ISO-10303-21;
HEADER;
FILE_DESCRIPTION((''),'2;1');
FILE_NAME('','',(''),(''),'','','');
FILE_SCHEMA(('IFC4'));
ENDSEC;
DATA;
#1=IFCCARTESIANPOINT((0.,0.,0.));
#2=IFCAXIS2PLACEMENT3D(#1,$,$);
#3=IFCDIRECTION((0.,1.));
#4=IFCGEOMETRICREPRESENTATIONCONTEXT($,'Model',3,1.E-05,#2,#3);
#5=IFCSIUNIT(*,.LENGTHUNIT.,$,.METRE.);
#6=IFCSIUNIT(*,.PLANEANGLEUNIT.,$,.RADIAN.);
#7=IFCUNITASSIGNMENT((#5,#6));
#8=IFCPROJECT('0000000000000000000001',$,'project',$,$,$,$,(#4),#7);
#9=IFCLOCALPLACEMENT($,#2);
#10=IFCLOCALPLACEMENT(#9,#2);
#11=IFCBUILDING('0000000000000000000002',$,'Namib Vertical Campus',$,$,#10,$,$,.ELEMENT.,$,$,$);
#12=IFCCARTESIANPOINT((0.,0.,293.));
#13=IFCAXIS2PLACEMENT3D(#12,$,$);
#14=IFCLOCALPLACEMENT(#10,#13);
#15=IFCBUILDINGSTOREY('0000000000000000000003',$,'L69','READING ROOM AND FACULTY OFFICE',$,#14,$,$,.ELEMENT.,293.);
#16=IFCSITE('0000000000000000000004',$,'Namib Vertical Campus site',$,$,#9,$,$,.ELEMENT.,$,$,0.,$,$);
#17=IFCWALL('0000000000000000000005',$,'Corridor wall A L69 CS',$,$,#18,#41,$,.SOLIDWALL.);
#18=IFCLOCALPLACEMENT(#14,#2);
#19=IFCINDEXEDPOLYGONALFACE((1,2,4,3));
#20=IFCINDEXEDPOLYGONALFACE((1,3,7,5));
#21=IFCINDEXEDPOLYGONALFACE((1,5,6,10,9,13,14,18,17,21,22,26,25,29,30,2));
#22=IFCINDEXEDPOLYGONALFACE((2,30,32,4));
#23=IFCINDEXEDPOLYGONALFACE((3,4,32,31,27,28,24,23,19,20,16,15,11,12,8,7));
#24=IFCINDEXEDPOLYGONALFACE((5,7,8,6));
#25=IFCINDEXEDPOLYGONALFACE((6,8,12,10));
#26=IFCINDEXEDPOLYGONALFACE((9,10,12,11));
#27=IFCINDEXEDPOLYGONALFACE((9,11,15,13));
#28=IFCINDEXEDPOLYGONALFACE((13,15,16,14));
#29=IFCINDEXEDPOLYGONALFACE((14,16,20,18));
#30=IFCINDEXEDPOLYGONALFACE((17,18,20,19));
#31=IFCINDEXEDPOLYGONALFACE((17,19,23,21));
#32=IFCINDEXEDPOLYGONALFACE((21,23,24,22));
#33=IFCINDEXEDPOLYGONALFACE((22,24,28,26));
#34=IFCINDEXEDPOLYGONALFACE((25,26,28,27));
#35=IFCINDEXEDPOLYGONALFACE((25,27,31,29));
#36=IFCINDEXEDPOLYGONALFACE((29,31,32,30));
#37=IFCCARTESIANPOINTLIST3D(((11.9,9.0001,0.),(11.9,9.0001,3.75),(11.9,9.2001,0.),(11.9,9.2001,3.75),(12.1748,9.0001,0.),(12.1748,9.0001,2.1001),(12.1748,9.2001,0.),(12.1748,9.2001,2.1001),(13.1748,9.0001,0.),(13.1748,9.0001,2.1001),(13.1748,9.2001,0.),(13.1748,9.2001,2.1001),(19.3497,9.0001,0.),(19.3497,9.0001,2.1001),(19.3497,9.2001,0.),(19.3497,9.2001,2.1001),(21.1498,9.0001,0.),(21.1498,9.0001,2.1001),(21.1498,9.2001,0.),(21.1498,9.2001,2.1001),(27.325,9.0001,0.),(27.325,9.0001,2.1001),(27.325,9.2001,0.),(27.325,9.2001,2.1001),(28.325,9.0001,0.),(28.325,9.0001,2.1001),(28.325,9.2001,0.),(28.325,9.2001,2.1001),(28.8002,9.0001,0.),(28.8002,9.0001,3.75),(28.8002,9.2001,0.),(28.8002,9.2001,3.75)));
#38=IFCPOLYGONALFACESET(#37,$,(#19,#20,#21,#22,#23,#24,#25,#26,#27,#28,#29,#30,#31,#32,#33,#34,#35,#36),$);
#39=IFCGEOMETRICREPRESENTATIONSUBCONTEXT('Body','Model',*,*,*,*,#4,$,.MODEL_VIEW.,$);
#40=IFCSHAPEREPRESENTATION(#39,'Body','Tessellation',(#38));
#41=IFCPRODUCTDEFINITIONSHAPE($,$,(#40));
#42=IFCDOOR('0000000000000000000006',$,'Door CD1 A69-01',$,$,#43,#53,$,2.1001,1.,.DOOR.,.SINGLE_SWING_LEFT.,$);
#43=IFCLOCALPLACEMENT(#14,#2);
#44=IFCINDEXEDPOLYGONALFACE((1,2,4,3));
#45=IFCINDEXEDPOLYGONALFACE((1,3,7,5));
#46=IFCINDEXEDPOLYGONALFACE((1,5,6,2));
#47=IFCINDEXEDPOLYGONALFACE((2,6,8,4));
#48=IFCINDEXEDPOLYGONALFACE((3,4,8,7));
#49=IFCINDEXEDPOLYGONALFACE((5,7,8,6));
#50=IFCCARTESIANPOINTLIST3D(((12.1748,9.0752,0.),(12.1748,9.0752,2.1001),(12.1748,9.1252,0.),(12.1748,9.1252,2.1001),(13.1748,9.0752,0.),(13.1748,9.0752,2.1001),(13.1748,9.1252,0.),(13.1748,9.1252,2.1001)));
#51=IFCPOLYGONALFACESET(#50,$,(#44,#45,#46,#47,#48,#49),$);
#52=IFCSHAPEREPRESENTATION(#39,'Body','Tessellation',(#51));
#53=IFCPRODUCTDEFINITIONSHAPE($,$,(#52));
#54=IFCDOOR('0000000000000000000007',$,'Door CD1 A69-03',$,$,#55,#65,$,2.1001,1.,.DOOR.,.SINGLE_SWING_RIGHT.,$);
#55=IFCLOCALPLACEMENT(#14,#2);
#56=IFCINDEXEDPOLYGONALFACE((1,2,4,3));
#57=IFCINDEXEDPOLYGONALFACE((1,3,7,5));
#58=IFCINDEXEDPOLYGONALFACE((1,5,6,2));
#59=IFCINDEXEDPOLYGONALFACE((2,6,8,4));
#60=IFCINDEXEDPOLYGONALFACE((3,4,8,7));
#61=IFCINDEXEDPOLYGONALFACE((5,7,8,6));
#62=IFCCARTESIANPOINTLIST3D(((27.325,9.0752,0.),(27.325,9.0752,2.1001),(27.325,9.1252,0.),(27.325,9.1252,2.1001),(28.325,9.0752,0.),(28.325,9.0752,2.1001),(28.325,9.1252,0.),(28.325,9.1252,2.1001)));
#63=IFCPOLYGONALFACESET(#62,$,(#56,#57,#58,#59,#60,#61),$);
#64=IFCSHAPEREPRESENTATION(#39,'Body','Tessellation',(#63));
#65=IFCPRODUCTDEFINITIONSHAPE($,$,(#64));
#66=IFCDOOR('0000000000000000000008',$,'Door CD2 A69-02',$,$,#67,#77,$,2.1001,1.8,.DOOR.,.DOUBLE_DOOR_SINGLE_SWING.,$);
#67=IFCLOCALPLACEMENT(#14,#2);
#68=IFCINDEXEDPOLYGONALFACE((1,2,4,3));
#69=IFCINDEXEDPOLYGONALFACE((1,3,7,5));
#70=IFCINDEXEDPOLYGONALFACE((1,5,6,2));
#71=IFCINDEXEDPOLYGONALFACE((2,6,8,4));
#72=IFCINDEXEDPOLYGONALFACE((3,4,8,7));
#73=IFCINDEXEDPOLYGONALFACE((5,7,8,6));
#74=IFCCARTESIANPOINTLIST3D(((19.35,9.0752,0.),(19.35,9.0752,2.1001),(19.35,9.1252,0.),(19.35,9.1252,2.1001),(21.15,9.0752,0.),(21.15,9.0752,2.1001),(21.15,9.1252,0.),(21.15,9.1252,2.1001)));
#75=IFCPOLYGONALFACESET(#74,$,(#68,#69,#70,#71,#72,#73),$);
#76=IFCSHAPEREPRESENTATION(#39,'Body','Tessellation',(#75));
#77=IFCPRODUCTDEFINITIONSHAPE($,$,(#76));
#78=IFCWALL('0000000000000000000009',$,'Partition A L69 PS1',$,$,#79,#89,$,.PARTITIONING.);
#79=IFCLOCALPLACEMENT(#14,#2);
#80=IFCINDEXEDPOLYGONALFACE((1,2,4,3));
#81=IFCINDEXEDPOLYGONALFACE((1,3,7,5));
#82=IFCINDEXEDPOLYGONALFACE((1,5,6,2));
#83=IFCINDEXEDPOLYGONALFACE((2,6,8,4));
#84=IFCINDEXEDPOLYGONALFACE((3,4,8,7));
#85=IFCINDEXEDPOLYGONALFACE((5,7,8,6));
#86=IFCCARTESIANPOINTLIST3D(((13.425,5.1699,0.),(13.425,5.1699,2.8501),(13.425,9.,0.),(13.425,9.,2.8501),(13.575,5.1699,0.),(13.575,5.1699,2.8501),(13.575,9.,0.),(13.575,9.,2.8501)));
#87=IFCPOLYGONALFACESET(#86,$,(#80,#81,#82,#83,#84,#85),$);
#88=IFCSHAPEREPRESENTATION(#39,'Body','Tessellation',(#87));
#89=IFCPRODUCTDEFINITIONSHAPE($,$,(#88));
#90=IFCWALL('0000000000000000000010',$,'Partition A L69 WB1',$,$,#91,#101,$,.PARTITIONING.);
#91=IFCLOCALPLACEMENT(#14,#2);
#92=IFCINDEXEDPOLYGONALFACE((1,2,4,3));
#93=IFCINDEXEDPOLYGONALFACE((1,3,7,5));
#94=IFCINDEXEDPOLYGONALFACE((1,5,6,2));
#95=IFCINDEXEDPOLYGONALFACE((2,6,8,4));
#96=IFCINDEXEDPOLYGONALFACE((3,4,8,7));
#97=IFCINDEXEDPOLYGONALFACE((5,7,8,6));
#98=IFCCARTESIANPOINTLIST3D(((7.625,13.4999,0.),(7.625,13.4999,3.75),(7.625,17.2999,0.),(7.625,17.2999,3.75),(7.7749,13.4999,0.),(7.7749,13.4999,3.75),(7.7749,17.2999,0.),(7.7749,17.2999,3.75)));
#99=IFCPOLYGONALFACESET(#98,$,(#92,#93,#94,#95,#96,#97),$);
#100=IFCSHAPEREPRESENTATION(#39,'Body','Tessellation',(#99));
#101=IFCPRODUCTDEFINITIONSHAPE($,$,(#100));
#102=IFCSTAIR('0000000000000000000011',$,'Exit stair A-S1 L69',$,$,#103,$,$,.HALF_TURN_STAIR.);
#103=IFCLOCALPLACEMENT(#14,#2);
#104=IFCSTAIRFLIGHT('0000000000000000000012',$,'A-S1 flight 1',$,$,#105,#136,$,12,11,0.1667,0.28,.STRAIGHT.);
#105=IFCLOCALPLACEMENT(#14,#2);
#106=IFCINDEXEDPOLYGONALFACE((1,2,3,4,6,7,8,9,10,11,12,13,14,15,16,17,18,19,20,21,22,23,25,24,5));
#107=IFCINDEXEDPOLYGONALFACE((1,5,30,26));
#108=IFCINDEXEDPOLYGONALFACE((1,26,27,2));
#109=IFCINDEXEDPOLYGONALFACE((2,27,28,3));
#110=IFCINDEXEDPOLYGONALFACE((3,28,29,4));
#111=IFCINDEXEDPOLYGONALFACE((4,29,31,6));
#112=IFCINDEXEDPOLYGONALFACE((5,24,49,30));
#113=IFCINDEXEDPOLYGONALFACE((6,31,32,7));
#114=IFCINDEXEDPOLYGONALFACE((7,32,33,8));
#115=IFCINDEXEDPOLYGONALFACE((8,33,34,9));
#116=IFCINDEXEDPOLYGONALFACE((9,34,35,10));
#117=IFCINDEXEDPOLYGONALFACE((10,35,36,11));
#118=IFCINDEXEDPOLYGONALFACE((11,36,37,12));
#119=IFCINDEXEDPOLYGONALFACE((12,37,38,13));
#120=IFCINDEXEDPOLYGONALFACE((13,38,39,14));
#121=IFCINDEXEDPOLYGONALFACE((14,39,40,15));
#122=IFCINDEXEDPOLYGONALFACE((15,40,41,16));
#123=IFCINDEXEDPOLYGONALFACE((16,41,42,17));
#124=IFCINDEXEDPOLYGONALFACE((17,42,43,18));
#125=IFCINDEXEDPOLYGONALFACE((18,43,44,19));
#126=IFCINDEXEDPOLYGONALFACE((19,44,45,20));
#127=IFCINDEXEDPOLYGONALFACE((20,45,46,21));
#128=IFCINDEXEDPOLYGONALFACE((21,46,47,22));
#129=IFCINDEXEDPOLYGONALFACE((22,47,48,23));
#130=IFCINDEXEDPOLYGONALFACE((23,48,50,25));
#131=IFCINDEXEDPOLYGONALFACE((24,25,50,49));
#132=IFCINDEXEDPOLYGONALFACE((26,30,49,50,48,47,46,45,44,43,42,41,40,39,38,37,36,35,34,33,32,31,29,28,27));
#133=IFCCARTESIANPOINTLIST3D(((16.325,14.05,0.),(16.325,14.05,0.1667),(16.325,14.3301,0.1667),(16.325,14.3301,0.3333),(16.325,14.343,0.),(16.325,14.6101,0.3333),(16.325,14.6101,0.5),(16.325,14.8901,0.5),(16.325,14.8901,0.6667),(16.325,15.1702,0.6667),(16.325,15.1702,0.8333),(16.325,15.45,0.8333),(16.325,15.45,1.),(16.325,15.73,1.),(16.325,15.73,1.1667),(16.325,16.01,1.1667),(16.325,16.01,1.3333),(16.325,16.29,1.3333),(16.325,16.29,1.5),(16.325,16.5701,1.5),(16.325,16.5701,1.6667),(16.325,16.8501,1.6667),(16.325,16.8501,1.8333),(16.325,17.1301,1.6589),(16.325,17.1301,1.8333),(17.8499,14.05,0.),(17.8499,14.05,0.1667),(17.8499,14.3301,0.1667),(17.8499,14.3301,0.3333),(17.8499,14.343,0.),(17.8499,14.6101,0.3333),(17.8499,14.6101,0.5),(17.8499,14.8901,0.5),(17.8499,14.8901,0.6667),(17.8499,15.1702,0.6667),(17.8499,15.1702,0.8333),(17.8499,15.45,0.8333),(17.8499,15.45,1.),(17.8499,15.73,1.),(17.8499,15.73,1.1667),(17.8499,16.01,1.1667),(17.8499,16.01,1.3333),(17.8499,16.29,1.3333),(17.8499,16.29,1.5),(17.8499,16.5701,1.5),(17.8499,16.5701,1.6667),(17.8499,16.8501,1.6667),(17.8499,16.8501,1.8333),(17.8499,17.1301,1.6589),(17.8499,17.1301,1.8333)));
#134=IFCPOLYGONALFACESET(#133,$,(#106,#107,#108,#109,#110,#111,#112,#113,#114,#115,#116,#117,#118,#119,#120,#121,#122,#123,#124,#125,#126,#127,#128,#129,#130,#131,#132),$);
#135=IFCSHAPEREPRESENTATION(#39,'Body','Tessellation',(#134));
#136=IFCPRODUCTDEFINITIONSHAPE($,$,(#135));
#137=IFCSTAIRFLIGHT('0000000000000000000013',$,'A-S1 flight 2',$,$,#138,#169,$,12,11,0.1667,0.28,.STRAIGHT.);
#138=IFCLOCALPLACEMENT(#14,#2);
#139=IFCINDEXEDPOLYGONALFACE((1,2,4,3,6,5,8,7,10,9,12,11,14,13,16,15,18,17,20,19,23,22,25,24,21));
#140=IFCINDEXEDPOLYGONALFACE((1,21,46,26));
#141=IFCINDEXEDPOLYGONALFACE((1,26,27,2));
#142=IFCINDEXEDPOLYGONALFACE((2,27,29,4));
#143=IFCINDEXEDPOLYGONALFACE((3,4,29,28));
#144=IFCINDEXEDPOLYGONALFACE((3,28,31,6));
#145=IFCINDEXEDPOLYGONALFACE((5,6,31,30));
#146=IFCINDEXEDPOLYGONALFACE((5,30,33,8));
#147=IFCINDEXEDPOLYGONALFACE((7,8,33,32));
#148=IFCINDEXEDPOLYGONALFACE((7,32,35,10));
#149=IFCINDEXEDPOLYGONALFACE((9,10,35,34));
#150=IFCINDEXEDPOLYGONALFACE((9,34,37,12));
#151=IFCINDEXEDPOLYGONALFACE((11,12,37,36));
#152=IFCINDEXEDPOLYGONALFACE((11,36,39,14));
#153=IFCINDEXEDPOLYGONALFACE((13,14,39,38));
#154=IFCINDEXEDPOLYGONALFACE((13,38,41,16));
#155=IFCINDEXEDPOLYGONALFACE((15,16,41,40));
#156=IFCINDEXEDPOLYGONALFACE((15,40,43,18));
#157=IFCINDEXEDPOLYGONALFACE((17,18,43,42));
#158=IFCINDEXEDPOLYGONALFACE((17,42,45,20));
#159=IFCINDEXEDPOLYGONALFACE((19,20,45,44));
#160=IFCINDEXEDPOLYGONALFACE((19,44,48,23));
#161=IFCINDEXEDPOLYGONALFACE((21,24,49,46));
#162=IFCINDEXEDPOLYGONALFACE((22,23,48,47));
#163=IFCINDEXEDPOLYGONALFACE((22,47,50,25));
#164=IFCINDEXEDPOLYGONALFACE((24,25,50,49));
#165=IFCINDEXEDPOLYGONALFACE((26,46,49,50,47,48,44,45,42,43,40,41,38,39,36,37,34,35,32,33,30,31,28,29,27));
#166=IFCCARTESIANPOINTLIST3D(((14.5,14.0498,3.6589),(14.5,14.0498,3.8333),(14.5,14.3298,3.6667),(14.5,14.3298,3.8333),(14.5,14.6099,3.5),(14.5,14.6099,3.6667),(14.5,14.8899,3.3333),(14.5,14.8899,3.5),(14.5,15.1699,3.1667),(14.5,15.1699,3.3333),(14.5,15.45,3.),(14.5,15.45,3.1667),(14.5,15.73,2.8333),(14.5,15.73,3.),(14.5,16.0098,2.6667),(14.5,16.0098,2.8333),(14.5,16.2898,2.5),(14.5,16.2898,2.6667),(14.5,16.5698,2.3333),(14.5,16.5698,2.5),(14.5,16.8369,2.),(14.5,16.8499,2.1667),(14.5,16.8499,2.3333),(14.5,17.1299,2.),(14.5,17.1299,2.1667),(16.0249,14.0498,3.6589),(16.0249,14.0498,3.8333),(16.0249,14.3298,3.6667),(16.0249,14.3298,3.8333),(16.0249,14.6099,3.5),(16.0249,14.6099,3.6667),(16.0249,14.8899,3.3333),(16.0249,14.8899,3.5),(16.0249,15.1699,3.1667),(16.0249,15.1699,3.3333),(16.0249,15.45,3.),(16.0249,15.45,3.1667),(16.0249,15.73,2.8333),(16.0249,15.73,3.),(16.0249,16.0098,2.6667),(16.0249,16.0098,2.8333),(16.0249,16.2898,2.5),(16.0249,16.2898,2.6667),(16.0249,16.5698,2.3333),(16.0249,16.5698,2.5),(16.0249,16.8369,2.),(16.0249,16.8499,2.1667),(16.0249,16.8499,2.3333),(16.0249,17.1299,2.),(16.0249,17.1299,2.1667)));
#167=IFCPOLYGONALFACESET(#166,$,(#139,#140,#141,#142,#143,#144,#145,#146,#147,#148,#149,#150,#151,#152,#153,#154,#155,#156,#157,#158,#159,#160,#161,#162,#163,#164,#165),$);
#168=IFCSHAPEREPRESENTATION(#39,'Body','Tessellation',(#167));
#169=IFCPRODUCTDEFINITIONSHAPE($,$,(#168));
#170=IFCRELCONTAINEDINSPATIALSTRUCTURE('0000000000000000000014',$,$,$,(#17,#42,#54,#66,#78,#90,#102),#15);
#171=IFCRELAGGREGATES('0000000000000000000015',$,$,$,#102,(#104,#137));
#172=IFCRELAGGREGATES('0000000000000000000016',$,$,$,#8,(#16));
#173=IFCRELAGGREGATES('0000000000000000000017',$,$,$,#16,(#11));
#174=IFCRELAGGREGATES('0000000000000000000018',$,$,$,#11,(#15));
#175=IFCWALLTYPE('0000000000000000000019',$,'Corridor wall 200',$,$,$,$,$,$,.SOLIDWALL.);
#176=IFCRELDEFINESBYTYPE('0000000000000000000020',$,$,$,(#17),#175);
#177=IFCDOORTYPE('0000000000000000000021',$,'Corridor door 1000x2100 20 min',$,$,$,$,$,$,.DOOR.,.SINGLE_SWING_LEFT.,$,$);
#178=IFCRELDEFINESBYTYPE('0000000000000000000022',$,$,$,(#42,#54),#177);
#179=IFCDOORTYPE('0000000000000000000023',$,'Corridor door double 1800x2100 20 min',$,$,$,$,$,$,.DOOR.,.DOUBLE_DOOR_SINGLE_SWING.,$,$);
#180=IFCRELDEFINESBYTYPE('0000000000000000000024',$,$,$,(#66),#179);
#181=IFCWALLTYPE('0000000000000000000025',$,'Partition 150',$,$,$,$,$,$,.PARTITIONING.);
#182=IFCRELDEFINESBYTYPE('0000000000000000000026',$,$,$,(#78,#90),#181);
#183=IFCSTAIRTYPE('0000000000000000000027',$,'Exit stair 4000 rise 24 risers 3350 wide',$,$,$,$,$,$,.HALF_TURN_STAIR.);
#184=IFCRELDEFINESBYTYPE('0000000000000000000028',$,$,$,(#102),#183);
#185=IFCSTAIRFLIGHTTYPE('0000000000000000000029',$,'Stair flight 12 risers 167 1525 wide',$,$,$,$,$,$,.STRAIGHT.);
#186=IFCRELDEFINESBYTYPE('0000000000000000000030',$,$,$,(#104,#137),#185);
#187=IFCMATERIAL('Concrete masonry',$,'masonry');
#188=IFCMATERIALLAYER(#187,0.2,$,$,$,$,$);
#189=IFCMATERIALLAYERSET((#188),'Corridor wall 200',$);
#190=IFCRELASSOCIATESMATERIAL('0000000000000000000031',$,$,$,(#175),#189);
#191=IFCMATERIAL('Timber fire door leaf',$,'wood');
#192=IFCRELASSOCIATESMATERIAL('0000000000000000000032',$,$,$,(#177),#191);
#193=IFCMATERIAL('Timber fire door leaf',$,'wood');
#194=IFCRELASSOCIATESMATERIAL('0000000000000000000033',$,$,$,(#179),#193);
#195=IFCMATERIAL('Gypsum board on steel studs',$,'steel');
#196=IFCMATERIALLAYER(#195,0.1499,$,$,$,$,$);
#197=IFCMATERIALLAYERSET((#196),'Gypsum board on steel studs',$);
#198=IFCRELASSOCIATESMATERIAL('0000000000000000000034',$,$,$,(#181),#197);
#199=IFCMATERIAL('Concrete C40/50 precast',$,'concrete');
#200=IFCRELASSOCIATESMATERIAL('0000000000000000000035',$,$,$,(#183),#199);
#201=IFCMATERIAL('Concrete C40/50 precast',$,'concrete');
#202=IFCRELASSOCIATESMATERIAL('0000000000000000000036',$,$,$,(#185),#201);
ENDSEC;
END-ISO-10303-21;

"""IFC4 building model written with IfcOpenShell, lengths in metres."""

from ifc_helpers import new_model, si_unit, direction, frame, frame_2d, origin, place, context, subcontext, project, spatial, polyline, rectangle, outline, extrude, material, layer, layer_set, type_object, element, fill, aggregate, save


model = new_model("IFC4")

# Units and contexts
model_context = context("Model", 3, precision=1e-05, world=origin(), true_north=direction((0.0, 1.0)))
body_context = subcontext(model_context, "Body", "Model", "MODEL_VIEW")
ifc_project = project(units=[si_unit("LENGTHUNIT", "METRE"), si_unit("PLANEANGLEUNIT", "RADIAN")], contexts=[model_context])

# Site, building, storey
site_placement = place(None, origin())
site = spatial("IfcSite", under=ifc_project, at=site_placement, Name="Namib Vertical Campus site", CompositionType="ELEMENT", RefElevation=0.0)
building_placement = place(site_placement, origin())
building = spatial("IfcBuilding", under=site, at=building_placement, Name="Namib Vertical Campus", CompositionType="ELEMENT")
storey_placement = place(building_placement, frame((0.0, 0.0, 293.0)))
storey = spatial("IfcBuildingStorey", under=building, at=storey_placement, Name="L69", Description="READING ROOM AND FACULTY OFFICE", CompositionType="ELEMENT", Elevation=293.0)

# Wall, openings, doors
ifc_material_1 = material(Name="Concrete masonry", Category="masonry")
ifc_layer_1 = layer(ifc_material_1, 0.2)
ifc_layer_set_1 = layer_set([ifc_layer_1], Name="Corridor wall 200")
wall_type_1 = type_object("IfcWallType", Name="Corridor wall 200", PredefinedType="SOLIDWALL", material=ifc_layer_set_1)
wall_1_placement = place(storey_placement, frame((11.8999, 9.1001, 0.0), z_axis=(0.0, 0.0, 1.0), x_axis=(1.0, 0.0, 0.0)))
wall_1 = element("IfcWall", 1, at=wall_1_placement, inside=storey, type_object=wall_type_1, Name="Corridor wall A L69 CS", PredefinedType="SOLIDWALL", context=body_context, shape_type="SweptSolid", body=[
    extrude(rectangle(XDim=16.9001, YDim=0.2, at=frame_2d((8.4502, 0.0))), origin(), (0.0, 0.0, 1.0), 3.75),
])
opening_1_placement = place(wall_1_placement, frame((0.2749, 0.0, 0.0)))
opening_1 = element("IfcOpeningElement", 2, at=opening_1_placement, cuts=wall_1, PredefinedType="OPENING", context=body_context, shape_type="SweptSolid", body=[
    extrude(rectangle(XDim=1.0, YDim=2.1001, at=frame_2d((0.5, 1.05))), frame((0.0, 0.1099, 0.0), z_axis=(0.0, -1.0, 0.0), x_axis=(1.0, 0.0, 0.0)), (0.0, 0.0, 1.0), 0.22),
])
opening_2_placement = place(wall_1_placement, frame((7.45, 0.0, 0.0)))
opening_2 = element("IfcOpeningElement", 3, at=opening_2_placement, cuts=wall_1, PredefinedType="OPENING", context=body_context, shape_type="SweptSolid", body=[
    extrude(rectangle(XDim=1.8, YDim=2.1001, at=frame_2d((0.8999, 1.05))), frame((0.0, 0.1099, 0.0), z_axis=(0.0, -1.0, 0.0), x_axis=(1.0, 0.0, 0.0)), (0.0, 0.0, 1.0), 0.22),
])
opening_3_placement = place(wall_1_placement, frame((15.425, 0.0, 0.0)))
opening_3 = element("IfcOpeningElement", 4, at=opening_3_placement, cuts=wall_1, PredefinedType="OPENING", context=body_context, shape_type="SweptSolid", body=[
    extrude(rectangle(XDim=1.0, YDim=2.1001, at=frame_2d((0.5, 1.05))), frame((0.0, 0.1099, 0.0), z_axis=(0.0, -1.0, 0.0), x_axis=(1.0, 0.0, 0.0)), (0.0, 0.0, 1.0), 0.22),
])
ifc_material_2 = material(Name="Timber fire door leaf", Category="wood")
door_type_1 = type_object("IfcDoorType", Name="Corridor door 1000x2100 20 min", OperationType="SINGLE_SWING_LEFT", PredefinedType="DOOR", material=ifc_material_2)
door_1_placement = place(opening_1_placement, frame((1.0, 0.0, 0.0), z_axis=(0.0, 0.0, 1.0), x_axis=(-1.0, 0.0, 0.0)))
door_1 = element("IfcDoor", 5, at=door_1_placement, inside=storey, type_object=door_type_1, Name="Door CD1 A69-01", OperationType="SINGLE_SWING_LEFT", OverallHeight=2.1001, OverallWidth=1.0, PredefinedType="DOOR", context=body_context, shape_type="SweptSolid", body=[
    extrude(rectangle(XDim=1.0, YDim=2.1001, at=frame_2d((0.5, 1.05))), frame((0.0, 0.0249, 0.0), z_axis=(0.0, -1.0, 0.0), x_axis=(1.0, 0.0, 0.0)), (0.0, 0.0, 1.0), 0.05),
])
fill(opening_1, door_1)
door_2_placement = place(opening_3_placement, frame((1.0, 0.0, 0.0), z_axis=(0.0, 0.0, 1.0), x_axis=(-1.0, 0.0, 0.0)))
door_2 = element("IfcDoor", 6, at=door_2_placement, inside=storey, type_object=door_type_1, Name="Door CD1 A69-03", OperationType="SINGLE_SWING_RIGHT", OverallHeight=2.1001, OverallWidth=1.0, PredefinedType="DOOR", context=body_context, shape_type="SweptSolid", body=[
    extrude(rectangle(XDim=1.0, YDim=2.1001, at=frame_2d((0.5, 1.05))), frame((0.0, 0.0249, 0.0), z_axis=(0.0, -1.0, 0.0), x_axis=(1.0, 0.0, 0.0)), (0.0, 0.0, 1.0), 0.05),
])
fill(opening_3, door_2)
ifc_material_3 = material(Name="Timber fire door leaf", Category="wood")
door_type_2 = type_object("IfcDoorType", Name="Corridor door double 1800x2100 20 min", OperationType="DOUBLE_DOOR_SINGLE_SWING", PredefinedType="DOOR", material=ifc_material_3)
door_3_placement = place(opening_2_placement, frame((1.8, 0.0, 0.0), z_axis=(0.0, 0.0, 1.0), x_axis=(-1.0, 0.0, 0.0)))
door_3 = element("IfcDoor", 7, at=door_3_placement, inside=storey, type_object=door_type_2, Name="Door CD2 A69-02", OperationType="DOUBLE_DOOR_SINGLE_SWING", OverallHeight=2.1001, OverallWidth=1.8, PredefinedType="DOOR", context=body_context, shape_type="SweptSolid", body=[
    extrude(rectangle(XDim=1.8, YDim=2.1001, at=frame_2d((0.8999, 1.05))), frame((0.0, 0.0249, 0.0), z_axis=(0.0, -1.0, 0.0), x_axis=(1.0, 0.0, 0.0)), (0.0, 0.0, 1.0), 0.05),
])
fill(opening_2, door_3)

# Walls
ifc_material_4 = material(Name="Gypsum board on steel studs", Category="steel")
ifc_layer_2 = layer(ifc_material_4, 0.1499)
ifc_layer_set_2 = layer_set([ifc_layer_2], Name="Gypsum board on steel studs")
wall_type_2 = type_object("IfcWallType", Name="Partition 150", PredefinedType="PARTITIONING", material=ifc_layer_set_2)
wall_2_placement = place(storey_placement, frame((13.5, 5.1699, 0.0), z_axis=(0.0, 0.0, 1.0), x_axis=(0.0, 1.0, 0.0)))
element("IfcWall", 8, at=wall_2_placement, inside=storey, type_object=wall_type_2, Name="Partition A L69 PS1", PredefinedType="PARTITIONING", context=body_context, shape_type="SweptSolid", body=[
    extrude(rectangle(XDim=3.8301, YDim=0.1499, at=frame_2d((1.915, 0.0))), origin(), (0.0, 0.0, 1.0), 2.8501),
])
wall_3_placement = place(storey_placement, frame((7.7, 13.5, 0.0), z_axis=(0.0, 0.0, 1.0), x_axis=(0.0, 1.0, 0.0)))
element("IfcWall", 9, at=wall_3_placement, inside=storey, type_object=wall_type_2, Name="Partition A L69 WB1", PredefinedType="PARTITIONING", context=body_context, shape_type="SweptSolid", body=[
    extrude(rectangle(XDim=3.8, YDim=0.1499, at=frame_2d((1.8999, 0.0))), origin(), (0.0, 0.0, 1.0), 3.75),
])

# Stair, stair flights
ifc_material_5 = material(Name="Concrete C40/50 precast", Category="concrete")
stair_type = type_object("IfcStairType", Name="Exit stair 4000 rise 24 risers 3350 wide", PredefinedType="HALF_TURN_STAIR", material=ifc_material_5)
stair_placement = place(storey_placement, origin())
stair = element("IfcStair", 10, at=stair_placement, inside=storey, type_object=stair_type, Name="Exit stair A-S1 L69", PredefinedType="HALF_TURN_STAIR")
ifc_material_6 = material(Name="Concrete C40/50 precast", Category="concrete")
stair_flight_type = type_object("IfcStairFlightType", Name="Stair flight 12 risers 167 1525 wide", PredefinedType="STRAIGHT", material=ifc_material_6)
stair_flight_1_placement = place(storey_placement, frame((17.0874, 14.05, 0.0), z_axis=(0.0, 0.0, 1.0), x_axis=(0.0, 1.0, 0.0)))
stair_flight_1 = element("IfcStairFlight", 11, at=stair_flight_1_placement, type_object=stair_flight_type, Name="A-S1 flight 1", NumberOfRisers=12, NumberOfTreads=11, PredefinedType="STRAIGHT", RiserHeight=0.1667, TreadLength=0.28, context=body_context, shape_type="SweptSolid", body=[
    extrude(outline(polyline([(0.0, 0.0), (0.0, 0.1667), (0.28, 0.1667), (0.28, 0.3333), (0.5601, 0.3333), (0.5601, 0.5), (0.8401, 0.5), (0.8401, 0.6667), (1.1201, 0.6667), (1.1201, 0.8333), (1.3999, 0.8333), (1.3999, 1.0), (1.6799, 1.0), (1.6799, 1.1667), (1.96, 1.1667), (1.96, 1.3333), (2.24, 1.3333), (2.24, 1.5), (2.52, 1.5), (2.52, 1.6667), (2.8, 1.6667), (2.8, 1.8333), (3.0801, 1.8333), (3.0801, 2.0), (3.0801, 1.6589), (0.293, 0.0), (0.0, 0.0)])), frame((0.0, 0.7625, 0.0), z_axis=(0.0, -1.0, 0.0), x_axis=(1.0, 0.0, 0.0)), (0.0, 0.0, 1.0), 1.5249),
])
stair_flight_2_placement = place(storey_placement, frame((15.2625, 17.1299, 2.0), z_axis=(0.0, 0.0, 1.0), x_axis=(0.0, -1.0, 0.0)))
stair_flight_2 = element("IfcStairFlight", 12, at=stair_flight_2_placement, type_object=stair_flight_type, Name="A-S1 flight 2", NumberOfRisers=12, NumberOfTreads=11, PredefinedType="STRAIGHT", RiserHeight=0.1667, TreadLength=0.28, context=body_context, shape_type="SweptSolid", body=[
    extrude(outline(polyline([(0.0, 0.0), (0.0, 0.1667), (0.28, 0.1667), (0.28, 0.3333), (0.5601, 0.3333), (0.5601, 0.5), (0.8401, 0.5), (0.8401, 0.6667), (1.1201, 0.6667), (1.1201, 0.8333), (1.3999, 0.8333), (1.3999, 1.0), (1.6799, 1.0), (1.6799, 1.1667), (1.96, 1.1667), (1.96, 1.3333), (2.24, 1.3333), (2.24, 1.5), (2.52, 1.5), (2.52, 1.6667), (2.8, 1.6667), (2.8, 1.8333), (3.0801, 1.8333), (3.0801, 2.0), (3.0801, 1.6589), (0.293, 0.0), (0.0, 0.0)])), frame((0.0, 0.7625, 0.0), z_axis=(0.0, -1.0, 0.0), x_axis=(1.0, 0.0, 0.0)), (0.0, 0.0, 1.0), 1.5249),
])
aggregate(stair, [stair_flight_1, stair_flight_2])

save(model, "model.ifc")
